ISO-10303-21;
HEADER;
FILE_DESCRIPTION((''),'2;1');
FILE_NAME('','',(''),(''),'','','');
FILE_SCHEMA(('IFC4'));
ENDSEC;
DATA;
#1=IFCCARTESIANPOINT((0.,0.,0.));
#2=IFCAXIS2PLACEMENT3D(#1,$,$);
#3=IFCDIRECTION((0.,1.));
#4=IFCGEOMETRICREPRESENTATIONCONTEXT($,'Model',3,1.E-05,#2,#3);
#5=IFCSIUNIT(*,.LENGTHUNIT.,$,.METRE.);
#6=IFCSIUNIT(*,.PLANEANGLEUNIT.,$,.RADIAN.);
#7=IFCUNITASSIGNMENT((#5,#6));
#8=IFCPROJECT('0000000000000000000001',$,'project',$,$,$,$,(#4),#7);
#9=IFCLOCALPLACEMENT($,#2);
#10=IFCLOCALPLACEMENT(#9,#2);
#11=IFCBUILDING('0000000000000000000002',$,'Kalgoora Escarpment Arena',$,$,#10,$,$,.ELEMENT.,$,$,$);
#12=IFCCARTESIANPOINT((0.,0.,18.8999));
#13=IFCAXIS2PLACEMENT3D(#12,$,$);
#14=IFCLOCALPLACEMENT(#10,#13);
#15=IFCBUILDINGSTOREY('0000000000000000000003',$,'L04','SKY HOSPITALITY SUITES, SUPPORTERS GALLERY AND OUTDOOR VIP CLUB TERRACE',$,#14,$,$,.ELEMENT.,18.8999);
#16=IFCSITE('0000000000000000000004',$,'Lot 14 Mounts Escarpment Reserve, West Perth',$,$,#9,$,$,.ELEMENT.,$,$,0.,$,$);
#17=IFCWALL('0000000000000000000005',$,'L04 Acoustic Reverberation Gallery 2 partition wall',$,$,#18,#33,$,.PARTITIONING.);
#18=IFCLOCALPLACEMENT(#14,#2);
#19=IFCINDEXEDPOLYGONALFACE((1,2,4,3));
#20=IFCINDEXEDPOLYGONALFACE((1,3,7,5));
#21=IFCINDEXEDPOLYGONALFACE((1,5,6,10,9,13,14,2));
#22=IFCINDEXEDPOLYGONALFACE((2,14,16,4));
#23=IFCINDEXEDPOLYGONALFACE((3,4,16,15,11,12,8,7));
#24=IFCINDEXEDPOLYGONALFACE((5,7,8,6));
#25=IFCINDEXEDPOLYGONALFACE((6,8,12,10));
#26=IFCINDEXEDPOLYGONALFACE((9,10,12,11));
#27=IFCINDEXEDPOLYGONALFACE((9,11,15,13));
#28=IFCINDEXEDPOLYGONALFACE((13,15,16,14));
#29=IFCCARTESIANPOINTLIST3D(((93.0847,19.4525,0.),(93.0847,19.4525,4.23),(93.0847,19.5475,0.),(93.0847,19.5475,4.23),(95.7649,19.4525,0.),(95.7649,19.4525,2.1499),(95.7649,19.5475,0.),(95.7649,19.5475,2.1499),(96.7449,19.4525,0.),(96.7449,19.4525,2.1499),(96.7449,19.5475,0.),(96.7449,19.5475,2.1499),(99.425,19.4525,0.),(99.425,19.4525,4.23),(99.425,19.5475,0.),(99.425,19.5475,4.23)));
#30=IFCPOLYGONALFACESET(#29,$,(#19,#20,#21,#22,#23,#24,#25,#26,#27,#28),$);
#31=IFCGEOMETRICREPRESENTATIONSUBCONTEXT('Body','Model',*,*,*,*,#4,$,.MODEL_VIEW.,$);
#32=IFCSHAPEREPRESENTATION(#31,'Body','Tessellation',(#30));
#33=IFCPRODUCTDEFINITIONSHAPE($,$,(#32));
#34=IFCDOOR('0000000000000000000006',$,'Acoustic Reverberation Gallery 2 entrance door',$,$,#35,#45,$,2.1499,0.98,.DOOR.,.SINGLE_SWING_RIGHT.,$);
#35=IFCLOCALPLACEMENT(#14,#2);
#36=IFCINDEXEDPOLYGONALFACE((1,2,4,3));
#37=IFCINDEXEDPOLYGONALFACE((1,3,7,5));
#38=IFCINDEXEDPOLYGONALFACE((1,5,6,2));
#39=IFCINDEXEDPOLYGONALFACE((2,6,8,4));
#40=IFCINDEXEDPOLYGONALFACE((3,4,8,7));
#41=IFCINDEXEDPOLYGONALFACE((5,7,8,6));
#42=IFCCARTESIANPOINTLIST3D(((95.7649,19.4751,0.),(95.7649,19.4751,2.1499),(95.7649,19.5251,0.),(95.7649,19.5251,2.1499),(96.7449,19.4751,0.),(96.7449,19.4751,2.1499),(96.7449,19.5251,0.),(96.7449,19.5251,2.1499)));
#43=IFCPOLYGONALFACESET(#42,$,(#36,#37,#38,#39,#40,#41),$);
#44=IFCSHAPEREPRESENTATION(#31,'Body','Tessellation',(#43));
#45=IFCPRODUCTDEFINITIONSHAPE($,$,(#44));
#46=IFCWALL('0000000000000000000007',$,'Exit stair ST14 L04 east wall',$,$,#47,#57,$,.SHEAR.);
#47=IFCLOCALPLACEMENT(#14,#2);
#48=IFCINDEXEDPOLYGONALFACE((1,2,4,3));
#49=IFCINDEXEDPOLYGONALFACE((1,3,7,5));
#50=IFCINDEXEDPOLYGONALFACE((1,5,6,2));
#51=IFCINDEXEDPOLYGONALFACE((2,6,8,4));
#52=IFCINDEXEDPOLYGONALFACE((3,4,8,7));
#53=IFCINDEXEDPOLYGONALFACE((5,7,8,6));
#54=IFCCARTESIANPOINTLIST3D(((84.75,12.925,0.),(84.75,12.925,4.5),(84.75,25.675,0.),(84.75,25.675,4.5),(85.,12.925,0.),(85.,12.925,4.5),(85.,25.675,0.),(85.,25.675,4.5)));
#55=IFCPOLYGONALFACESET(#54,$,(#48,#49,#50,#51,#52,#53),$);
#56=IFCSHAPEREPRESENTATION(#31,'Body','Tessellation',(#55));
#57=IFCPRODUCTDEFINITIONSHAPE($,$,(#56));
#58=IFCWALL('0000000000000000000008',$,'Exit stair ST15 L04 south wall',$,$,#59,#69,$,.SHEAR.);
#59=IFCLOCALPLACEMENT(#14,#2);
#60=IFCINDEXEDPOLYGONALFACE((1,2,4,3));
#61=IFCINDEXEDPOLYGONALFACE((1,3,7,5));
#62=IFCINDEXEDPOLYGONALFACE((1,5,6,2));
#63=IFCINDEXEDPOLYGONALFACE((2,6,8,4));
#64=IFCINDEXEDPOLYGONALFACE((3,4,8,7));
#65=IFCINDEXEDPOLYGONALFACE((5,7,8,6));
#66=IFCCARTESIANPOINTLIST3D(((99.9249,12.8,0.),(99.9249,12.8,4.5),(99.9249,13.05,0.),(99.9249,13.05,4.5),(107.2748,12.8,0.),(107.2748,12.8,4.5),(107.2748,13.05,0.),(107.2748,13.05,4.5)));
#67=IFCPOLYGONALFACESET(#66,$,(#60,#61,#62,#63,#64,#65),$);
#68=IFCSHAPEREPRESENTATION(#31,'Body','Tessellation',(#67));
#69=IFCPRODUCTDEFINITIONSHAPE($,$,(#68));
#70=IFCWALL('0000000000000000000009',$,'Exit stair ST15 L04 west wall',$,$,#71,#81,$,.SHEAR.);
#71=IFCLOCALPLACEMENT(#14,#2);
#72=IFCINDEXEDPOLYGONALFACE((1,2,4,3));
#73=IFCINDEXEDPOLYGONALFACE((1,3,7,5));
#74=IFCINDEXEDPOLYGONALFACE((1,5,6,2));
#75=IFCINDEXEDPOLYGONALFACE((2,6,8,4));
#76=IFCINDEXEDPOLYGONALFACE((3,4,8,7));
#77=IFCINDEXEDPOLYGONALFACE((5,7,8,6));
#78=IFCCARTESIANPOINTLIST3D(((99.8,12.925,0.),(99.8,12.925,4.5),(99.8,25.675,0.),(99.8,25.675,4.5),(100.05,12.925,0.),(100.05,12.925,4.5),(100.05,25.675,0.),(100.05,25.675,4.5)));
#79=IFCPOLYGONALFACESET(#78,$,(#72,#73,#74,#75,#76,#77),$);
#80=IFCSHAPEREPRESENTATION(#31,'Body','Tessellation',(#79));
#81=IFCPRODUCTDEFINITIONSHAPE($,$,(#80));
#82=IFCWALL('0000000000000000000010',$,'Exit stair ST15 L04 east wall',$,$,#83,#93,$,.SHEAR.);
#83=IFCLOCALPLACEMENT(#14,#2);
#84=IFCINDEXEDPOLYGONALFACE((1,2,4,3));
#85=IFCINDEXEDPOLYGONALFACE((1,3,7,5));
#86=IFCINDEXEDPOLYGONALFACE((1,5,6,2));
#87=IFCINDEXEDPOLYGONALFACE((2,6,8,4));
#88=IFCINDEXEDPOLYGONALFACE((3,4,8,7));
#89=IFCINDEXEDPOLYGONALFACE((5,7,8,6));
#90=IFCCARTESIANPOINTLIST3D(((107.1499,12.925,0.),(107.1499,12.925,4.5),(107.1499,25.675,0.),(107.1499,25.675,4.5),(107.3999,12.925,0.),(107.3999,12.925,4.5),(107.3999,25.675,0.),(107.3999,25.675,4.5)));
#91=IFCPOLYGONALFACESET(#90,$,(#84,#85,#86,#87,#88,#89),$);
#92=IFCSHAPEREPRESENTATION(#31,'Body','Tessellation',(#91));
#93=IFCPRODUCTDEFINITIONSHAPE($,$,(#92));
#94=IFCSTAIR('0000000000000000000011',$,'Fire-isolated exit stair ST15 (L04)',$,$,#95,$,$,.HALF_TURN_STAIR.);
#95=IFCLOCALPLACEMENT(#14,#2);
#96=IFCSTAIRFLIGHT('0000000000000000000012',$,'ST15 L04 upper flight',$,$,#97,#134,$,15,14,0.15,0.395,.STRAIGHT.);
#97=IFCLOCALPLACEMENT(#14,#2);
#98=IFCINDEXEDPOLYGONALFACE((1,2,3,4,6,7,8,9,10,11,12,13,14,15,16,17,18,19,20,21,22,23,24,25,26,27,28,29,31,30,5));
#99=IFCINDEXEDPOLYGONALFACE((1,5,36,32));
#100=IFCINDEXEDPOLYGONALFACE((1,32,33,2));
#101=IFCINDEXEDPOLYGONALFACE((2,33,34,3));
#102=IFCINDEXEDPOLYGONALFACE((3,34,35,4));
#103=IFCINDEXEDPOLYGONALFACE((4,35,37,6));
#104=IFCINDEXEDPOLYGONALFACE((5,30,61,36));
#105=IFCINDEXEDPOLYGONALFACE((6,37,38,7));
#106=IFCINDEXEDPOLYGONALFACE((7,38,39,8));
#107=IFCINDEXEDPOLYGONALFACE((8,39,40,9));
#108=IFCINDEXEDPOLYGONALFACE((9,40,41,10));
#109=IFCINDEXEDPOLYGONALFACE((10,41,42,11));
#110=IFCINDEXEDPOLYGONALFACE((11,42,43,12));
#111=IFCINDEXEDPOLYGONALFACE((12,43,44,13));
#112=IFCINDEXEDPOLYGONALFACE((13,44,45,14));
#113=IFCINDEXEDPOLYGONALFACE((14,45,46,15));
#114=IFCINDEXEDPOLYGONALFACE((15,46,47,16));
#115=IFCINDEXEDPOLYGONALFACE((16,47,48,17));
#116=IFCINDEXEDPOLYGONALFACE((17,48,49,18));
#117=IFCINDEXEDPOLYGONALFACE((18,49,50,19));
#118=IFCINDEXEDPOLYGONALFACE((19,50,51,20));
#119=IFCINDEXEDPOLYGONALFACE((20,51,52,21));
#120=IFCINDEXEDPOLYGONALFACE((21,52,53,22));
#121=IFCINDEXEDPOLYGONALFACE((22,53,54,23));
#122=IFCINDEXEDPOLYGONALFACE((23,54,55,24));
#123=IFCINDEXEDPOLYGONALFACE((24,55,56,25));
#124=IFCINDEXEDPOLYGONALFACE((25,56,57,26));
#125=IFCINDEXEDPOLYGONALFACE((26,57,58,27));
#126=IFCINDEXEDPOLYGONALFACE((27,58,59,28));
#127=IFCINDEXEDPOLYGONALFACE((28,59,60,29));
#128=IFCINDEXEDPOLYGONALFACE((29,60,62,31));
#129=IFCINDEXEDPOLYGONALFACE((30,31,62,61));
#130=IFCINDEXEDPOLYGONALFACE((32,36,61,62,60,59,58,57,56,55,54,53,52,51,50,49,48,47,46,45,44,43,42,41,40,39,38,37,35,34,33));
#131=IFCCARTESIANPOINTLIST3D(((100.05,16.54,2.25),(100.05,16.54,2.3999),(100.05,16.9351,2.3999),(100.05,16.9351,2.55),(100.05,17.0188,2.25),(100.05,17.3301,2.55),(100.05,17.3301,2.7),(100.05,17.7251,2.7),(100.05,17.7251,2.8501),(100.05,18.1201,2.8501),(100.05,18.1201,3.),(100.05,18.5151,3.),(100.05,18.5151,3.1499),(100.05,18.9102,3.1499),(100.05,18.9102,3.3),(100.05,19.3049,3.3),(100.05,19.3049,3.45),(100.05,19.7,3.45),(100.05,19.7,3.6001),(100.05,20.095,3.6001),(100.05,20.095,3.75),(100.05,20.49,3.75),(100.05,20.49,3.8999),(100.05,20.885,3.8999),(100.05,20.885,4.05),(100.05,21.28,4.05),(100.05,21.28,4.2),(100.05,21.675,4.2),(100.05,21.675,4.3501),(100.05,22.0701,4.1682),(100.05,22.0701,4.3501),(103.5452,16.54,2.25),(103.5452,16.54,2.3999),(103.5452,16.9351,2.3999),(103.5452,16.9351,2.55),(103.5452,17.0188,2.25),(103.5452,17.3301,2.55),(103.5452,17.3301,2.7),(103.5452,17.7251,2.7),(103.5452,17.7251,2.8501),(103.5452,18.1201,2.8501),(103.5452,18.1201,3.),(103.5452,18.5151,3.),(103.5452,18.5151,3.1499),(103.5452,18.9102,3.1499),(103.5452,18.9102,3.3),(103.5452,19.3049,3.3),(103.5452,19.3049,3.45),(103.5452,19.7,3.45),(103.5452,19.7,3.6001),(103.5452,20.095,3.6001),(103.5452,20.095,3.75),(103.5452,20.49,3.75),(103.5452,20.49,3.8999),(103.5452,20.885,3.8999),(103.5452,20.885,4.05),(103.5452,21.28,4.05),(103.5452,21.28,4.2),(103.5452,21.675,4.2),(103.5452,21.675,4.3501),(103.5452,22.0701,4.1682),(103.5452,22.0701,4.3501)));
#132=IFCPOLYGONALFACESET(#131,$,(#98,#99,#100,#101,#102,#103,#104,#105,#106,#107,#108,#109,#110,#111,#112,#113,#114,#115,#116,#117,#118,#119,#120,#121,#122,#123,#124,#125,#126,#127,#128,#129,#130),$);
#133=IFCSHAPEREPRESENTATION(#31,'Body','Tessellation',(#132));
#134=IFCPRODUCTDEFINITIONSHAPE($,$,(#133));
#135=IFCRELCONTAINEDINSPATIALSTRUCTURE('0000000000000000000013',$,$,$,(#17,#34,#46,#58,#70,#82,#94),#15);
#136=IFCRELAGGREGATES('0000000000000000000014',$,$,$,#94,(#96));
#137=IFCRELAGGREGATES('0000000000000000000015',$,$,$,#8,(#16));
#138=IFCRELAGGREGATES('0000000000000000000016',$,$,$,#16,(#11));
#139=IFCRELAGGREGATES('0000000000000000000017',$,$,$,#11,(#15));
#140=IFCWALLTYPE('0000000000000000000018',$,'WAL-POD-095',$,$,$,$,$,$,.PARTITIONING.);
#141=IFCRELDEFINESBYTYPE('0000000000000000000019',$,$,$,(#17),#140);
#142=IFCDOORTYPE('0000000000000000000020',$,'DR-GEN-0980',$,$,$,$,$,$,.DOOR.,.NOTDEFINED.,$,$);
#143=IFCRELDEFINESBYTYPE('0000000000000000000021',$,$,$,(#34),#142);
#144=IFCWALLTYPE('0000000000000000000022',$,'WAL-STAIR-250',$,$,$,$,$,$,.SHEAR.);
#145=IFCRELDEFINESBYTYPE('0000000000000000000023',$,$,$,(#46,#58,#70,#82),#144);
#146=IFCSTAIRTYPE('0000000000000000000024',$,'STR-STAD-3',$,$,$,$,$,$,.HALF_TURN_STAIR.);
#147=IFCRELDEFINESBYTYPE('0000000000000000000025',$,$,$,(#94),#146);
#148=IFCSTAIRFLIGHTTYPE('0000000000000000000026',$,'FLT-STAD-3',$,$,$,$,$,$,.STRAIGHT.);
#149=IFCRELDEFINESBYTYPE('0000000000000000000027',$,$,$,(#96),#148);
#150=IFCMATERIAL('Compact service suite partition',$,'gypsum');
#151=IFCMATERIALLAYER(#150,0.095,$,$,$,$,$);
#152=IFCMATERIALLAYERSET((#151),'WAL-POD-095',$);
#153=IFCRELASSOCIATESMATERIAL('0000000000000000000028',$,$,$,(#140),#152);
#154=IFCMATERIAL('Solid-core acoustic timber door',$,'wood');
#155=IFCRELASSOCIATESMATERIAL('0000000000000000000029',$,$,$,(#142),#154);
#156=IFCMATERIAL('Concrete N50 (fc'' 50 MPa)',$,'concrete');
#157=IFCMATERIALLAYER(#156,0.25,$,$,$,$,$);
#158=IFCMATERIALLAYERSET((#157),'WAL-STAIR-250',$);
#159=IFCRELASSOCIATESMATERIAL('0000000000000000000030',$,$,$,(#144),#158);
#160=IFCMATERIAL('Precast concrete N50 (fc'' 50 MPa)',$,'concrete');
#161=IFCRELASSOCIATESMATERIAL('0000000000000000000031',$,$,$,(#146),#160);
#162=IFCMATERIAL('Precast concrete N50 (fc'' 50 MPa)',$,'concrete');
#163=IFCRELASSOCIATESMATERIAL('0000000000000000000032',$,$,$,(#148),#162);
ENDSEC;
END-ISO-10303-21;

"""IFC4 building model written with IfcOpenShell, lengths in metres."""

from ifc_helpers import new_model, si_unit, direction, frame, frame_2d, origin, place, context, subcontext, project, spatial, polyline, rectangle, outline, extrude, material, layer, layer_set, type_object, element, fill, aggregate, save


model = new_model("IFC4")

# Units and contexts
model_context = context("Model", 3, precision=1e-05, world=origin(), true_north=direction((0.0, 1.0)))
body_context = subcontext(model_context, "Body", "Model", "MODEL_VIEW")
ifc_project = project(units=[si_unit("LENGTHUNIT", "METRE"), si_unit("PLANEANGLEUNIT", "RADIAN")], contexts=[model_context])

# Site, building, storey
site_placement = place(None, origin())
site = spatial("IfcSite", under=ifc_project, at=site_placement, Name="Lot 14 Mounts Escarpment Reserve, West Perth", CompositionType="ELEMENT", RefElevation=0.0)
building_placement = place(site_placement, origin())
building = spatial("IfcBuilding", under=site, at=building_placement, Name="Kalgoora Escarpment Arena", CompositionType="ELEMENT")
storey_placement = place(building_placement, frame((0.0, 0.0, 18.8999)))
storey = spatial("IfcBuildingStorey", under=building, at=storey_placement, Name="L04", Description="SKY HOSPITALITY SUITES, SUPPORTERS GALLERY AND OUTDOOR VIP CLUB TERRACE", CompositionType="ELEMENT", Elevation=18.8999)

# Shared definitions
ifc_material_1 = material(Name="Compact service suite partition", Category="gypsum")
ifc_layer_1 = layer(ifc_material_1, 0.095)
ifc_layer_set_1 = layer_set([ifc_layer_1], Name="WAL-POD-095")
wall_type_1 = type_object("IfcWallType", Name="WAL-POD-095", PredefinedType="PARTITIONING", material=ifc_layer_set_1)

# Wall, opening, door
wall_1_placement = place(storey_placement, frame((99.425, 19.5, 0.0), z_axis=(0.0, 0.0, 1.0), x_axis=(-1.0, 0.0, 0.0)))
wall_1 = element("IfcWall", 1, at=wall_1_placement, inside=storey, type_object=wall_type_1, Name="L04 Acoustic Reverberation Gallery 2 partition wall", PredefinedType="PARTITIONING", context=body_context, shape_type="SweptSolid", body=[
    extrude(rectangle(XDim=6.3403, YDim=0.095, at=frame_2d((3.1702, 0.0))), origin(), (0.0, 0.0, 1.0), 4.23),
])
opening_1_placement = place(wall_1_placement, frame((2.6802, 0.0, 0.0)))
opening_1 = element("IfcOpeningElement", 2, at=opening_1_placement, cuts=wall_1, PredefinedType="OPENING", context=body_context, shape_type="SweptSolid", body=[
    extrude(rectangle(XDim=0.98, YDim=2.1499, at=frame_2d((0.49, 1.075))), frame((0.0, 0.0574, 0.0), z_axis=(0.0, -1.0, 0.0), x_axis=(1.0, 0.0, 0.0)), (0.0, 0.0, 1.0), 0.115),
])
ifc_material_2 = material(Name="Solid-core acoustic timber door", Category="wood")
door_type_1 = type_object("IfcDoorType", Name="DR-GEN-0980", OperationType="NOTDEFINED", PredefinedType="DOOR", material=ifc_material_2)
door_1_placement = place(opening_1_placement, origin())
door_1 = element("IfcDoor", 3, at=door_1_placement, inside=storey, type_object=door_type_1, Name="Acoustic Reverberation Gallery 2 entrance door", OperationType="SINGLE_SWING_RIGHT", OverallHeight=2.1499, OverallWidth=0.98, PredefinedType="DOOR", context=body_context, shape_type="SweptSolid", body=[
    extrude(rectangle(XDim=0.98, YDim=2.1499, at=frame_2d((0.49, 1.075))), frame((0.0, 0.0249, 0.0), z_axis=(0.0, -1.0, 0.0), x_axis=(1.0, 0.0, 0.0)), (0.0, 0.0, 1.0), 0.05),
])
fill(opening_1, door_1)

# Walls
ifc_material_3 = material(Name="Concrete N50 (fc' 50 MPa)", Category="concrete")
ifc_layer_2 = layer(ifc_material_3, 0.25)
ifc_layer_set_2 = layer_set([ifc_layer_2], Name="WAL-STAIR-250")
wall_type_2 = type_object("IfcWallType", Name="WAL-STAIR-250", PredefinedType="SHEAR", material=ifc_layer_set_2)
wall_2_placement = place(storey_placement, frame((84.875, 12.925, 0.0), z_axis=(0.0, 0.0, 1.0), x_axis=(0.0, 1.0, 0.0)))
element("IfcWall", 4, at=wall_2_placement, inside=storey, type_object=wall_type_2, Name="Exit stair ST14 L04 east wall", PredefinedType="SHEAR", context=body_context, shape_type="SweptSolid", body=[
    extrude(rectangle(XDim=12.75, YDim=0.25, at=frame_2d((6.375, 0.0))), origin(), (0.0, 0.0, 1.0), 4.5),
])
wall_3_placement = place(storey_placement, frame((99.925, 12.925, 0.0), z_axis=(0.0, 0.0, 1.0), x_axis=(1.0, 0.0, 0.0)))
element("IfcWall", 5, at=wall_3_placement, inside=storey, type_object=wall_type_2, Name="Exit stair ST15 L04 south wall", PredefinedType="SHEAR", context=body_context, shape_type="SweptSolid", body=[
    extrude(rectangle(XDim=7.3499, YDim=0.25, at=frame_2d((3.6748, 0.0))), origin(), (0.0, 0.0, 1.0), 4.5),
])
for number, where, z_axis, x_axis, name in (
    (6, (99.925, 12.925, 0.0), (0.0, 0.0, 1.0), (0.0, 1.0, 0.0), "Exit stair ST15 L04 west wall"),
    (7, (107.2749, 12.925, 0.0), (0.0, 0.0, 1.0), (0.0, 1.0, 0.0), "Exit stair ST15 L04 east wall"),
):
    element("IfcWall", number, at=place(storey_placement, frame(where, z_axis=z_axis, x_axis=x_axis)), inside=storey, type_object=wall_type_2, Name=name, PredefinedType="SHEAR", context=body_context, shape_type="SweptSolid", body=[
        extrude(rectangle(XDim=12.75, YDim=0.25, at=frame_2d((6.375, 0.0))), origin(), (0.0, 0.0, 1.0), 4.5),
    ])

# Stair, stair flight
ifc_material_4 = material(Name="Precast concrete N50 (fc' 50 MPa)", Category="concrete")
stair_type = type_object("IfcStairType", Name="STR-STAD-3", PredefinedType="HALF_TURN_STAIR", material=ifc_material_4)
stair_placement = place(storey_placement, origin())
stair = element("IfcStair", 8, at=stair_placement, inside=storey, type_object=stair_type, Name="Fire-isolated exit stair ST15 (L04)", PredefinedType="HALF_TURN_STAIR")
ifc_material_5 = material(Name="Precast concrete N50 (fc' 50 MPa)", Category="concrete")
stair_flight_type = type_object("IfcStairFlightType", Name="FLT-STAD-3", PredefinedType="STRAIGHT", material=ifc_material_5)
stair_flight_placement = place(storey_placement, frame((101.7976, 16.54, 2.25), z_axis=(0.0, 0.0, 1.0), x_axis=(0.0, 1.0, 0.0)))
stair_flight = element("IfcStairFlight", 9, at=stair_flight_placement, type_object=stair_flight_type, Name="ST15 L04 upper flight", NumberOfRisers=15, NumberOfTreads=14, PredefinedType="STRAIGHT", RiserHeight=0.15, TreadLength=0.395, context=body_context, shape_type="SweptSolid", body=[
    extrude(outline(polyline([(0.0, 0.0), (0.0, 0.1499), (0.395, 0.1499), (0.395, 0.3), (0.79, 0.3), (0.79, 0.45), (1.1851, 0.45), (1.1851, 0.6001), (1.5801, 0.6001), (1.5801, 0.75), (1.9751, 0.75), (1.9751, 0.8999), (2.3701, 0.8999), (2.3701, 1.05), (2.7649, 1.05), (2.7649, 1.2), (3.1599, 1.2), (3.1599, 1.3501), (3.5549, 1.3501), (3.5549, 1.5), (3.95, 1.5), (3.95, 1.6499), (4.345, 1.6499), (4.345, 1.8), (4.74, 1.8), (4.74, 1.95), (5.135, 1.95), (5.135, 2.1001), (5.53, 2.1001), (5.53, 2.25), (5.53, 1.9182), (0.4788, 0.0), (0.0, 0.0)])), frame((0.0, 1.7476, 0.0), z_axis=(0.0, -1.0, 0.0), x_axis=(1.0, 0.0, 0.0)), (0.0, 0.0, 1.0), 3.4951),
])
aggregate(stair, [stair_flight])

save(model, "model.ifc")
